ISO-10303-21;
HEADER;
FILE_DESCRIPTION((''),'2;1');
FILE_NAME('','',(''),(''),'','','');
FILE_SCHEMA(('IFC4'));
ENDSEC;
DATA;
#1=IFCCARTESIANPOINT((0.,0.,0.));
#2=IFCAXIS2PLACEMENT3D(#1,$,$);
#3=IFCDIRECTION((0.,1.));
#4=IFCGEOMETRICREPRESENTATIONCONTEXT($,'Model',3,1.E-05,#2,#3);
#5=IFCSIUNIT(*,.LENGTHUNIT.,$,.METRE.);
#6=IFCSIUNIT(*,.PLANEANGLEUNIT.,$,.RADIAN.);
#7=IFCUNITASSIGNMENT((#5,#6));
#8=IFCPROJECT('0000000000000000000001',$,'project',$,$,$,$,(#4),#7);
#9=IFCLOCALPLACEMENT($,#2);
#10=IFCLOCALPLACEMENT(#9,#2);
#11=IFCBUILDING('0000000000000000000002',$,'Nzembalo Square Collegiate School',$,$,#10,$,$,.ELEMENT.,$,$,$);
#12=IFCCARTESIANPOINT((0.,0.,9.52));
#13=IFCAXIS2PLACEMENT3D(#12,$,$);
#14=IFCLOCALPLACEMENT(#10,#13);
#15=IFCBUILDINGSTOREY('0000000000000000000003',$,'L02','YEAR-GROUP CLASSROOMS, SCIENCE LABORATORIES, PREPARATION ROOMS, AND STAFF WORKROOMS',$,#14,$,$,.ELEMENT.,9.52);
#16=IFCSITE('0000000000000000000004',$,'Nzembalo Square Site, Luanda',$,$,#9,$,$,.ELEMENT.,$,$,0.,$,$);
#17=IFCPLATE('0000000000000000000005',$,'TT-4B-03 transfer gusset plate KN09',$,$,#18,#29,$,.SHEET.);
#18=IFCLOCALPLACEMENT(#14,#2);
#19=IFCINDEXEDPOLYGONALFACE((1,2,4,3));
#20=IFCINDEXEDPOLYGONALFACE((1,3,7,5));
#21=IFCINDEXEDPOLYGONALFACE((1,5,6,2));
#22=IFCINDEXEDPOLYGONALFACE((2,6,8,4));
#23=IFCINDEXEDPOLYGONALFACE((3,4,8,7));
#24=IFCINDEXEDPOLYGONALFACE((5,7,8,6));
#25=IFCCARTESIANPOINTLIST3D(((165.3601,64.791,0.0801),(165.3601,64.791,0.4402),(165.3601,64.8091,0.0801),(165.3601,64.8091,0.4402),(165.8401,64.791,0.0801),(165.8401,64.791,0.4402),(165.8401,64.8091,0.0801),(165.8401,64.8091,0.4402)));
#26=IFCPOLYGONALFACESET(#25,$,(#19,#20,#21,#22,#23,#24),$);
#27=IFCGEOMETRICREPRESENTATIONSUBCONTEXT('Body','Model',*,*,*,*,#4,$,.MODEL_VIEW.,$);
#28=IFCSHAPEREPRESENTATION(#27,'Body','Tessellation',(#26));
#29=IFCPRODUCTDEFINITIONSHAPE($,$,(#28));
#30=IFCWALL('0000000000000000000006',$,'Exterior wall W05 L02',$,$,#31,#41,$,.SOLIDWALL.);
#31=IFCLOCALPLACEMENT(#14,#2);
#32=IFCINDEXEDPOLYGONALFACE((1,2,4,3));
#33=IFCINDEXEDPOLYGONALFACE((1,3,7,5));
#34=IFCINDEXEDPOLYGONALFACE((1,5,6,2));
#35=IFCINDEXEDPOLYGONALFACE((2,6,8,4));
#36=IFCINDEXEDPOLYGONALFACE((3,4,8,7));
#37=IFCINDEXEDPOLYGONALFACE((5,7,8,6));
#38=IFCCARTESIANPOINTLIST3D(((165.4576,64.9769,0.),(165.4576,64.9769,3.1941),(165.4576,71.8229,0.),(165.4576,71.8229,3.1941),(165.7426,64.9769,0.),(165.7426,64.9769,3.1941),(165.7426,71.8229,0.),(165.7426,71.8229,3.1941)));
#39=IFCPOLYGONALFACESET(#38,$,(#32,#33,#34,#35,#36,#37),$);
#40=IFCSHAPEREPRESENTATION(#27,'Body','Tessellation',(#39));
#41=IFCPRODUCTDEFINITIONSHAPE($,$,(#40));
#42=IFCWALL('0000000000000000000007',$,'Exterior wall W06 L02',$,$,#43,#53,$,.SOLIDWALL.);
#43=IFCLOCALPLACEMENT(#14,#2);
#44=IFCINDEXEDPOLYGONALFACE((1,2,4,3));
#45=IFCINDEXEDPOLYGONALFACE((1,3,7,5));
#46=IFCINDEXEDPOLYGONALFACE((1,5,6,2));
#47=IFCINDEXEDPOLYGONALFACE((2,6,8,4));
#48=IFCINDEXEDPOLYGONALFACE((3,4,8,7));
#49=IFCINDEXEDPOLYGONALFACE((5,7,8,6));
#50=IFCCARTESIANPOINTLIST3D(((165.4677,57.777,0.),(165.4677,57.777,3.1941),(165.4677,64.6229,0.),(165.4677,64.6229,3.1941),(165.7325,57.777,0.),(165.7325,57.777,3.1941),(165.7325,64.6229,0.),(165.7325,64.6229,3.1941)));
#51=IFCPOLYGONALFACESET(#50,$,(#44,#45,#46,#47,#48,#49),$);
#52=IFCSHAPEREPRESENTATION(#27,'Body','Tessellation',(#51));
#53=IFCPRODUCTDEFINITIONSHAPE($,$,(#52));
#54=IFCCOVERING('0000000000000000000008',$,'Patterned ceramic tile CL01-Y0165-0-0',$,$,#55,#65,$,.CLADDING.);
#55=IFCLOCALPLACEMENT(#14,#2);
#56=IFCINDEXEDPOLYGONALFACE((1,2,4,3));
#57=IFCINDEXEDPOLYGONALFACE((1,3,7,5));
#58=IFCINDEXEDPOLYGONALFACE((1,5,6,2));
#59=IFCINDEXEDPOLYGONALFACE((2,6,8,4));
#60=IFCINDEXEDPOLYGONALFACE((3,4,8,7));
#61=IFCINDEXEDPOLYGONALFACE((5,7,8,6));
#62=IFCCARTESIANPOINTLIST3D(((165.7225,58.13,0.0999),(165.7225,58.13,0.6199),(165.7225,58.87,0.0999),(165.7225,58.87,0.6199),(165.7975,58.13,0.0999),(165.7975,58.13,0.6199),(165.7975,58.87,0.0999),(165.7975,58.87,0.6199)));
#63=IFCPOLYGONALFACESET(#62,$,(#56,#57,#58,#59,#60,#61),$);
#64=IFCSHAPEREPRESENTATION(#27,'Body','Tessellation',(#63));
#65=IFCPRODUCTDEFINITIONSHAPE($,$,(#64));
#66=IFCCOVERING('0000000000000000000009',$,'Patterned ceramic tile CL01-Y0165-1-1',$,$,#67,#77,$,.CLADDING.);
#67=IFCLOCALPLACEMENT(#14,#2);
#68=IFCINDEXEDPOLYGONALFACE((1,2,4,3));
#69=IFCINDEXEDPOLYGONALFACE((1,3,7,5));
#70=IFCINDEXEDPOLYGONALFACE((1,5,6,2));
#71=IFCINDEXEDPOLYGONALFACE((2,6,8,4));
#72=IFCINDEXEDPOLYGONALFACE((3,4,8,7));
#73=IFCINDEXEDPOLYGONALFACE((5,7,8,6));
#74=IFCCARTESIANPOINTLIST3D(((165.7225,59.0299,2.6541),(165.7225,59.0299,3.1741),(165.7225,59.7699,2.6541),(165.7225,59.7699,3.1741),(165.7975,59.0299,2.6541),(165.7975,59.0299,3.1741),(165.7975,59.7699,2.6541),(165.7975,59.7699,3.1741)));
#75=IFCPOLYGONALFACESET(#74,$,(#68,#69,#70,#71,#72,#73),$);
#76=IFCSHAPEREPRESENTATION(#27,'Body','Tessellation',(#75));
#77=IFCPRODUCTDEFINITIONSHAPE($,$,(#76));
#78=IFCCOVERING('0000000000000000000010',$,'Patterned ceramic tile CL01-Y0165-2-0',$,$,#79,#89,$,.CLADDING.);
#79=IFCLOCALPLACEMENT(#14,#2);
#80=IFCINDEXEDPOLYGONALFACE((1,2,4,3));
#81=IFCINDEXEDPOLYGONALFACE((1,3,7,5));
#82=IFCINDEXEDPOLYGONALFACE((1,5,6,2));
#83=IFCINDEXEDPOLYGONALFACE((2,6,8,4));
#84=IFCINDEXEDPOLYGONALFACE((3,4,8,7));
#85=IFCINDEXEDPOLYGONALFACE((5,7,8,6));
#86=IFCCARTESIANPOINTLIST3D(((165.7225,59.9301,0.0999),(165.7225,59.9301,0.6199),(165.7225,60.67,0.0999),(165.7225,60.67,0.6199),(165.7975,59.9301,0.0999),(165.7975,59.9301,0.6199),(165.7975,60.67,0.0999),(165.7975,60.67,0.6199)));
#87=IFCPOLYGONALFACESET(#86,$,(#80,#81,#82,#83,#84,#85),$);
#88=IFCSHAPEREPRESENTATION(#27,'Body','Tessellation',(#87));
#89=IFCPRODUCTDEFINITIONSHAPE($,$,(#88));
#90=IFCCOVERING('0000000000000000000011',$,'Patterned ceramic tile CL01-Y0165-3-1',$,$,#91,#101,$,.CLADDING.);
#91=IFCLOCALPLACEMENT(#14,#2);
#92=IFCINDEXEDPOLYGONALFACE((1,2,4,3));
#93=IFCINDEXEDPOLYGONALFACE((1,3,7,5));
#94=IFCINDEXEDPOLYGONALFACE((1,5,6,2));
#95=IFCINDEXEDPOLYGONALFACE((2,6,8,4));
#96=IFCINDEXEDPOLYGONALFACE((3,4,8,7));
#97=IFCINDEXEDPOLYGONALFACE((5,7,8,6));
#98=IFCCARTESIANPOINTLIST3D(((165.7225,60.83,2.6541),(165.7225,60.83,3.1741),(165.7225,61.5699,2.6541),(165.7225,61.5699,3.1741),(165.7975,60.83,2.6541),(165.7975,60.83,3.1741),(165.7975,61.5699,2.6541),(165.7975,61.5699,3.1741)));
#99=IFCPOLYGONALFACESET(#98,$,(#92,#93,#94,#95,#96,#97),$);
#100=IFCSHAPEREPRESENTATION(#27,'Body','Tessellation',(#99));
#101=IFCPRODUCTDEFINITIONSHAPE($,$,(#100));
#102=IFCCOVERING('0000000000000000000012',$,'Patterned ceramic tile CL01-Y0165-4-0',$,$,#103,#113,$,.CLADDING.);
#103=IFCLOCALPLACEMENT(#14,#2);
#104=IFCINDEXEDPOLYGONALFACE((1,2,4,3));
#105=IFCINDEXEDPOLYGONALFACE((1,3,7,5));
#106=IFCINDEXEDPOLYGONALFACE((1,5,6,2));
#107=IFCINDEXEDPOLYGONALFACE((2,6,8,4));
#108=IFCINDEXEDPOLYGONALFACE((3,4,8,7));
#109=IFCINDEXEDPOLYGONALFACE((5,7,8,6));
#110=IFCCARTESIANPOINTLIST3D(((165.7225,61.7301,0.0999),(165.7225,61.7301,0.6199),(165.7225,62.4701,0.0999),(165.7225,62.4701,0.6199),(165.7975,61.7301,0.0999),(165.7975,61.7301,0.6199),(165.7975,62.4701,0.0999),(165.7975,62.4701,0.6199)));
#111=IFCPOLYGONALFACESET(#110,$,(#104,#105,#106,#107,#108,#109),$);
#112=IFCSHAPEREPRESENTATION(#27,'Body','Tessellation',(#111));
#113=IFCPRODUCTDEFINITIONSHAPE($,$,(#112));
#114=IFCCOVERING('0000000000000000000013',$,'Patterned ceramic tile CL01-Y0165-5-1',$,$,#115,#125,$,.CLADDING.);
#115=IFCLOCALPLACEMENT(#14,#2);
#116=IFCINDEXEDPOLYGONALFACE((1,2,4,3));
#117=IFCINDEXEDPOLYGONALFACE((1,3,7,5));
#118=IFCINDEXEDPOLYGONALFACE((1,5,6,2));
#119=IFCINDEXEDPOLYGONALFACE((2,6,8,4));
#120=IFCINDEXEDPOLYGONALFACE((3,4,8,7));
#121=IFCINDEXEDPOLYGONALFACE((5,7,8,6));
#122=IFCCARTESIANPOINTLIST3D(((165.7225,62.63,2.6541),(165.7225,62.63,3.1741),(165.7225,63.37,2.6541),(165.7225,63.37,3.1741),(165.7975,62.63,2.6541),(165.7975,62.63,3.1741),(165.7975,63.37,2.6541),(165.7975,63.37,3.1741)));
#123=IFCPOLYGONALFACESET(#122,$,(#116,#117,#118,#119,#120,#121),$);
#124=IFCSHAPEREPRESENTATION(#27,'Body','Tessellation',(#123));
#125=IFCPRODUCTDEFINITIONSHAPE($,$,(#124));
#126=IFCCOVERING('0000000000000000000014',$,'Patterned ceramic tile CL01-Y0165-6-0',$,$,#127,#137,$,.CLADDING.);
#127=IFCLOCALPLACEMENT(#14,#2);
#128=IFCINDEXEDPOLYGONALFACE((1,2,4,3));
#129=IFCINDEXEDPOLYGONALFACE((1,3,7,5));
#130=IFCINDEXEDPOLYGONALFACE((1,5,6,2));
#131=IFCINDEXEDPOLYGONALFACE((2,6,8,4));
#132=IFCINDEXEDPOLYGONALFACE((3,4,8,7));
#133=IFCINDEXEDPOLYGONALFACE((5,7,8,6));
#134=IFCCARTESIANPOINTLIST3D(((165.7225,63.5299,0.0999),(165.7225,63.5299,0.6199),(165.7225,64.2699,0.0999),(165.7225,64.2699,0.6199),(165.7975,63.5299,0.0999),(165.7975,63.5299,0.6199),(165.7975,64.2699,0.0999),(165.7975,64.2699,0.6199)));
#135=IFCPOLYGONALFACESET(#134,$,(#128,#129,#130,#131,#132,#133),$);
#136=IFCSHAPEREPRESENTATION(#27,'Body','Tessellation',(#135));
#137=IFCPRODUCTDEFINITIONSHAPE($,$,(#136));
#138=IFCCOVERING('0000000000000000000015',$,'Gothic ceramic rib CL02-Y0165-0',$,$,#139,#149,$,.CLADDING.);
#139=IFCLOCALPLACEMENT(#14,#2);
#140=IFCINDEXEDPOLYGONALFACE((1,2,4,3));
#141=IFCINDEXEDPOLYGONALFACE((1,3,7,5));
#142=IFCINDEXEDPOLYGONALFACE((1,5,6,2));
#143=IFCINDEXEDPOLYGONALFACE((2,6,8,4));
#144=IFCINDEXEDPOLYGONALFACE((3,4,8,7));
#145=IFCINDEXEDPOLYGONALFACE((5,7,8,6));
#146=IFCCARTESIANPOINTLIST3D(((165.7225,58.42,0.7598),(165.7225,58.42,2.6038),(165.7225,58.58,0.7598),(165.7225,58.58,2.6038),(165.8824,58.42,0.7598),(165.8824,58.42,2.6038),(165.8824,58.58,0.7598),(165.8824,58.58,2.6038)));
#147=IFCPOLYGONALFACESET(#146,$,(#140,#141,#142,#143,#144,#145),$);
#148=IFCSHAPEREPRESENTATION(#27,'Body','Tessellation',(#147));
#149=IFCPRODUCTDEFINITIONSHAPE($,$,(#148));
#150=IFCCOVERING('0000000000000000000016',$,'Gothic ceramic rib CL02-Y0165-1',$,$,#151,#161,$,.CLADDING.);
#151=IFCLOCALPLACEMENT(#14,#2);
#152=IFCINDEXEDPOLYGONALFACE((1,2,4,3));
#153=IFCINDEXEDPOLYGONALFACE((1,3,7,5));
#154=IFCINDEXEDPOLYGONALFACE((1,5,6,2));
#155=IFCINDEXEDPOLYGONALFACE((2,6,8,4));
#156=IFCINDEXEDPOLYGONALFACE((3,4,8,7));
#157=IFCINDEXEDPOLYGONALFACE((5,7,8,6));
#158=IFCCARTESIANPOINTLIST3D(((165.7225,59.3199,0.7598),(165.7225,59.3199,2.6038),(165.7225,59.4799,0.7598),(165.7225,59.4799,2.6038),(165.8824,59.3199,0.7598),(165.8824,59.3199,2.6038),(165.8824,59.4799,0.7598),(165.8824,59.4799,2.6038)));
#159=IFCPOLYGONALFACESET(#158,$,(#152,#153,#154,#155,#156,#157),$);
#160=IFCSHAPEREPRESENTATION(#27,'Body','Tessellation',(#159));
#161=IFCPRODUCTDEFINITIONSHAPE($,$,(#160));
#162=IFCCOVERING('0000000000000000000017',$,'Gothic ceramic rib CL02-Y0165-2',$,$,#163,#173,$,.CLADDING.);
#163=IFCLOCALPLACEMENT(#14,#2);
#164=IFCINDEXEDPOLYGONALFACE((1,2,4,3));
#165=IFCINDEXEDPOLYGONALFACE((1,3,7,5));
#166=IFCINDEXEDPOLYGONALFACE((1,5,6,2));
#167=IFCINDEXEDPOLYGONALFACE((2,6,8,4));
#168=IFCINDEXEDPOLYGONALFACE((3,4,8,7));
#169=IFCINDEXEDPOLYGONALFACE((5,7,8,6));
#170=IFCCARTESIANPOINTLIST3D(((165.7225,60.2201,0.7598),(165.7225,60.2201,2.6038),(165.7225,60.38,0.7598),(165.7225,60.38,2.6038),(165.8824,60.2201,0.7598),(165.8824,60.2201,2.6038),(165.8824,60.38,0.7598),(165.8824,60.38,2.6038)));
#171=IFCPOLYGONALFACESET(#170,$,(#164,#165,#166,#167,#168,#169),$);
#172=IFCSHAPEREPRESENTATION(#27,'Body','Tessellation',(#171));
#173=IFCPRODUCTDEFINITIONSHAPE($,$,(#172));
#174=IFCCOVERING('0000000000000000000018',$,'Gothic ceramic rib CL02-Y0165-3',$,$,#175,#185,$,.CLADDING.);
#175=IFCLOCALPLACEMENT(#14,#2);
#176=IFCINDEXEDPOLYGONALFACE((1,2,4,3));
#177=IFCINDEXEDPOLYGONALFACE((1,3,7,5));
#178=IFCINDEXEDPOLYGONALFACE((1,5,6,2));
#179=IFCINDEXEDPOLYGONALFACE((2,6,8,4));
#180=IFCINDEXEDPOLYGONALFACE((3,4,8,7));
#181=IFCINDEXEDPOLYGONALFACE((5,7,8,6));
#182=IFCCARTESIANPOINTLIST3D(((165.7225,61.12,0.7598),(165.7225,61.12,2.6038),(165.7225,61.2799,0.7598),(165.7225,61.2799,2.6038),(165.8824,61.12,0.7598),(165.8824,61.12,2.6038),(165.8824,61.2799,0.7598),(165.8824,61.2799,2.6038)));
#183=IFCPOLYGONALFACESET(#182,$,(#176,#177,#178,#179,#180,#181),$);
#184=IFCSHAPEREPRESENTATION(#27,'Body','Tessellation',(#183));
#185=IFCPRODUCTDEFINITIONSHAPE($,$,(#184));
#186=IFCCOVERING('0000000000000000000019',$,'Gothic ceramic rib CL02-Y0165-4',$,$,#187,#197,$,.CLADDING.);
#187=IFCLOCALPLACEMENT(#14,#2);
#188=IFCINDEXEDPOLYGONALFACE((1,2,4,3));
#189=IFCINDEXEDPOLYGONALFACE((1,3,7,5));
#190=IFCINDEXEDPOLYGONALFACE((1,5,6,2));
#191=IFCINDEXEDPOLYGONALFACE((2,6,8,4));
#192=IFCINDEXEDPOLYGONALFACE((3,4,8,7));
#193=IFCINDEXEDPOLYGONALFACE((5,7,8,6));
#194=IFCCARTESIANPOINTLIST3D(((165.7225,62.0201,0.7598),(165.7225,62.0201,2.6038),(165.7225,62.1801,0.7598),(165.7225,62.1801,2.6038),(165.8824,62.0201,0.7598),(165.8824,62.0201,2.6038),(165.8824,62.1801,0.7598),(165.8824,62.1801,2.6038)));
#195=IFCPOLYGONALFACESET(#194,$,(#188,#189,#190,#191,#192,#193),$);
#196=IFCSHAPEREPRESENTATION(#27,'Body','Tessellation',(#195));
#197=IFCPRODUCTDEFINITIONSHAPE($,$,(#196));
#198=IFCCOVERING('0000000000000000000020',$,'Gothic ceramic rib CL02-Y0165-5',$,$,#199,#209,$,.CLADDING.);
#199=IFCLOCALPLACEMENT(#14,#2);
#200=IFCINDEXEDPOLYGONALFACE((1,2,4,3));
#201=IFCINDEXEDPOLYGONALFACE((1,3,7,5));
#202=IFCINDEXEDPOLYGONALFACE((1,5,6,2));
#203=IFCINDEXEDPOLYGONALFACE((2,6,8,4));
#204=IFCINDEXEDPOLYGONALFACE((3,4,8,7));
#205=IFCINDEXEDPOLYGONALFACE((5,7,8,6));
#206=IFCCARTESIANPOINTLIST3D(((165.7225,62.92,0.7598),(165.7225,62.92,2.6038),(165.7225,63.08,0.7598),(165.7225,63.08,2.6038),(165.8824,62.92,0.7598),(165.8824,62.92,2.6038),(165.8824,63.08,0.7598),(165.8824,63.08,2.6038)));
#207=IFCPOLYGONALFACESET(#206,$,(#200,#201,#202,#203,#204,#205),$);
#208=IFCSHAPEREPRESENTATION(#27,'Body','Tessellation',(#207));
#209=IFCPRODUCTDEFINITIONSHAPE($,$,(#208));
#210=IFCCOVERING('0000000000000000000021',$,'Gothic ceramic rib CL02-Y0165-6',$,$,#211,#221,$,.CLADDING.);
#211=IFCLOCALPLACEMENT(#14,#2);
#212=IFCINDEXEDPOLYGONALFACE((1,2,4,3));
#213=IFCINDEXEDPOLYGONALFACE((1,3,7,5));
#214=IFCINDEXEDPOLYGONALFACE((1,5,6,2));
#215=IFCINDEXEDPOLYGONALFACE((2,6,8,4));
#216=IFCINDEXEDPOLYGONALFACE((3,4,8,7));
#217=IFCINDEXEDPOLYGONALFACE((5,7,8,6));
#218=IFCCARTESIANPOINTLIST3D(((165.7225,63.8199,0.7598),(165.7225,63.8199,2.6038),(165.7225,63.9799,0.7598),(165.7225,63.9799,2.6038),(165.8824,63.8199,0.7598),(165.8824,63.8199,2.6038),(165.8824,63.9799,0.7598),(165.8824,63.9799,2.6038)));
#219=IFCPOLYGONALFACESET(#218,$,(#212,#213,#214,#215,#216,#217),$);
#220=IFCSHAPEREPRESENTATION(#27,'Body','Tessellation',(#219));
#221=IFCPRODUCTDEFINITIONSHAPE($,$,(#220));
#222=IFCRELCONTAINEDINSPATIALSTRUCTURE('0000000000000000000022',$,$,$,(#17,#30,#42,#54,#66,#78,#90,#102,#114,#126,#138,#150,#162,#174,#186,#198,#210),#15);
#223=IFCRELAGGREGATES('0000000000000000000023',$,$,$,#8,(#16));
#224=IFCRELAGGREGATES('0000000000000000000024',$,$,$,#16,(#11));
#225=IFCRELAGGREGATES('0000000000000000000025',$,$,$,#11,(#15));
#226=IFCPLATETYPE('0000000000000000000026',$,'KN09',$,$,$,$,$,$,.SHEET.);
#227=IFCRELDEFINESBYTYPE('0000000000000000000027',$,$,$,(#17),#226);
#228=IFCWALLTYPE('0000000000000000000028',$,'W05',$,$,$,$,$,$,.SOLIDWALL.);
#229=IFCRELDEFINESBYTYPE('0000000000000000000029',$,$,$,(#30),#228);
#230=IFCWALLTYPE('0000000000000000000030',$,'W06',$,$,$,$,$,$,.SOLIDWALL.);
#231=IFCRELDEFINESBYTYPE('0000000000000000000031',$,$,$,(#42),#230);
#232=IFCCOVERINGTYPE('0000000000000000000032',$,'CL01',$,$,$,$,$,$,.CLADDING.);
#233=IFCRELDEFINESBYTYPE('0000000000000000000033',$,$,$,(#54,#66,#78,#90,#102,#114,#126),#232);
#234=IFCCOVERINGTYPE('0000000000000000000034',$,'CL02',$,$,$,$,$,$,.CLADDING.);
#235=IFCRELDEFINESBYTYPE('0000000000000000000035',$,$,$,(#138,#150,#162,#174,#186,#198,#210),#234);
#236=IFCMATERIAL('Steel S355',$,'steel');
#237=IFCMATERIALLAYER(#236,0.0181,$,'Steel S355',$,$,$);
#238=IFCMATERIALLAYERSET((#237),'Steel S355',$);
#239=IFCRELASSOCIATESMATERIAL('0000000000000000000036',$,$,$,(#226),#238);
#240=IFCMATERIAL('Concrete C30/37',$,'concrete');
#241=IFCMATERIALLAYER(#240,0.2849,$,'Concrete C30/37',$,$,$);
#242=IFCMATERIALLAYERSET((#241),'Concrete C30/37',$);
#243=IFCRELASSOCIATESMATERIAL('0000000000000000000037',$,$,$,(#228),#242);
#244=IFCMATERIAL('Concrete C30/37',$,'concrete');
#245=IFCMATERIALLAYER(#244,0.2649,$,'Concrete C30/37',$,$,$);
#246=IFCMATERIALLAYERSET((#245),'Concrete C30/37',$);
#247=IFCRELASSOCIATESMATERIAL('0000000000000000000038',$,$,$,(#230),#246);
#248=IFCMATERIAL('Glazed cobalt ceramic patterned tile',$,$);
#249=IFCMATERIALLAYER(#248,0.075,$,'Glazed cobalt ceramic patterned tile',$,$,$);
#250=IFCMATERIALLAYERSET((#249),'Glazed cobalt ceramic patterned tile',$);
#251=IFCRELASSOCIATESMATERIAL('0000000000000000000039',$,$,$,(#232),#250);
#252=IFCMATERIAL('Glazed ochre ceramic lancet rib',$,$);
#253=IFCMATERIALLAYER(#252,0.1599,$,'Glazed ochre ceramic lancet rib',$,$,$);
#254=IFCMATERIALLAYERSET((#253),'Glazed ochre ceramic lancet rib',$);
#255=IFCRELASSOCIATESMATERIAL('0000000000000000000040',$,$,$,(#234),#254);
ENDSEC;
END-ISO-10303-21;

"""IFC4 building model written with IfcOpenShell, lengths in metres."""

from ifc_helpers import new_model, si_unit, direction, frame, frame_2d, origin, origin_2d, place, context, subcontext, project, spatial, rectangle, extrude, material, layer, layer_set, type_object, element, save


model = new_model("IFC4")

# Units and contexts
model_context = context("Model", 3, precision=1e-05, world=origin(), true_north=direction((0.0, 1.0)))
body_context = subcontext(model_context, "Body", "Model", "MODEL_VIEW")
ifc_project = project(units=[si_unit("LENGTHUNIT", "METRE"), si_unit("PLANEANGLEUNIT", "RADIAN")], contexts=[model_context])

# Site, building, storey
site_placement = place(None, origin())
site = spatial("IfcSite", under=ifc_project, at=site_placement, Name="Nzembalo Square Site, Luanda", CompositionType="ELEMENT", RefElevation=0.0)
building_placement = place(site_placement, origin())
building = spatial("IfcBuilding", under=site, at=building_placement, Name="Nzembalo Square Collegiate School", CompositionType="ELEMENT")
storey_placement = place(building_placement, frame((0.0, 0.0, 9.52)))
storey = spatial("IfcBuildingStorey", under=building, at=storey_placement, Name="L02", Description="YEAR-GROUP CLASSROOMS, SCIENCE LABORATORIES, PREPARATION ROOMS, AND STAFF WORKROOMS", CompositionType="ELEMENT", Elevation=9.52)

# Plate
ifc_material_1 = material(Name="Steel S355", Category="steel")
ifc_layer_1 = layer(ifc_material_1, 0.0181, Name="Steel S355")
ifc_layer_set_1 = layer_set([ifc_layer_1], Name="Steel S355")
plate_type_1 = type_object("IfcPlateType", Name="KN09", PredefinedType="SHEET", material=ifc_layer_set_1)
plate_1_placement = place(storey_placement, frame((165.6001, 64.8, 0.0801), z_axis=(0.0, 0.0, 1.0), x_axis=(1.0, 0.0, 0.0)))
element("IfcPlate", 1, at=plate_1_placement, inside=storey, type_object=plate_type_1, Name="TT-4B-03 transfer gusset plate KN09", PredefinedType="SHEET", context=body_context, shape_type="SweptSolid", body=[
    extrude(rectangle(XDim=0.48, YDim=0.0181, at=origin_2d()), origin(), (0.0, 0.0, 1.0), 0.3601),
])

# Walls
ifc_material_2 = material(Name="Concrete C30/37", Category="concrete")
ifc_layer_2 = layer(ifc_material_2, 0.2849, Name="Concrete C30/37")
ifc_layer_set_2 = layer_set([ifc_layer_2], Name="Concrete C30/37")
wall_type_1 = type_object("IfcWallType", Name="W05", PredefinedType="SOLIDWALL", material=ifc_layer_set_2)
wall_1_placement = place(storey_placement, frame((165.6001, 64.9771, 0.0), z_axis=(0.0, 0.0, 1.0), x_axis=(0.0, 1.0, 0.0)))
element("IfcWall", 2, at=wall_1_placement, inside=storey, type_object=wall_type_1, Name="Exterior wall W05 L02", PredefinedType="SOLIDWALL", context=body_context, shape_type="SweptSolid", body=[
    extrude(rectangle(XDim=6.8459, YDim=0.2849, at=frame_2d((3.4229, 0.0))), origin(), (0.0, 0.0, 1.0), 3.1941),
])
ifc_material_3 = material(Name="Concrete C30/37", Category="concrete")
ifc_layer_3 = layer(ifc_material_3, 0.2649, Name="Concrete C30/37")
ifc_layer_set_3 = layer_set([ifc_layer_3], Name="Concrete C30/37")
wall_type_2 = type_object("IfcWallType", Name="W06", PredefinedType="SOLIDWALL", material=ifc_layer_set_3)
wall_2_placement = place(storey_placement, frame((165.6001, 57.7771, 0.0), z_axis=(0.0, 0.0, 1.0), x_axis=(0.0, 1.0, 0.0)))
element("IfcWall", 3, at=wall_2_placement, inside=storey, type_object=wall_type_2, Name="Exterior wall W06 L02", PredefinedType="SOLIDWALL", context=body_context, shape_type="SweptSolid", body=[
    extrude(rectangle(XDim=6.8459, YDim=0.2649, at=frame_2d((3.4229, 0.0))), origin(), (0.0, 0.0, 1.0), 3.1941),
])

# Coverings
ifc_material_4 = material(Name="Glazed cobalt ceramic patterned tile")
ifc_layer_4 = layer(ifc_material_4, 0.075, Name="Glazed cobalt ceramic patterned tile")
ifc_layer_set_4 = layer_set([ifc_layer_4], Name="Glazed cobalt ceramic patterned tile")
covering_type_1 = type_object("IfcCoveringType", Name="CL01", PredefinedType="CLADDING", material=ifc_layer_set_4)
for number, where, z_axis, x_axis, name in (
    (4, (165.76, 58.5, 0.0999), (0.0, 0.0, 1.0), (1.0, 0.0, 0.0), "Patterned ceramic tile CL01-Y0165-0-0"),
    (5, (165.76, 59.3999, 2.6541), (0.0, 0.0, 1.0), (1.0, 0.0, 0.0), "Patterned ceramic tile CL01-Y0165-1-1"),
    (6, (165.76, 60.3, 0.0999), (0.0, 0.0, 1.0), (1.0, 0.0, 0.0), "Patterned ceramic tile CL01-Y0165-2-0"),
    (7, (165.76, 61.2, 2.6541), (0.0, 0.0, 1.0), (1.0, 0.0, 0.0), "Patterned ceramic tile CL01-Y0165-3-1"),
    (8, (165.76, 62.1001, 0.0999), (0.0, 0.0, 1.0), (1.0, 0.0, 0.0), "Patterned ceramic tile CL01-Y0165-4-0"),
    (9, (165.76, 63.0, 2.6541), (0.0, 0.0, 1.0), (1.0, 0.0, 0.0), "Patterned ceramic tile CL01-Y0165-5-1"),
    (10, (165.76, 63.8999, 0.0999), (0.0, 0.0, 1.0), (1.0, 0.0, 0.0), "Patterned ceramic tile CL01-Y0165-6-0"),
):
    element("IfcCovering", number, at=place(storey_placement, frame(where, z_axis=z_axis, x_axis=x_axis)), inside=storey, type_object=covering_type_1, Name=name, PredefinedType="CLADDING", context=body_context, shape_type="SweptSolid", body=[
        extrude(rectangle(XDim=0.075, YDim=0.74, at=origin_2d()), origin(), (0.0, 0.0, 1.0), 0.52),
    ])
ifc_material_5 = material(Name="Glazed ochre ceramic lancet rib")
ifc_layer_5 = layer(ifc_material_5, 0.1599, Name="Glazed ochre ceramic lancet rib")
ifc_layer_set_5 = layer_set([ifc_layer_5], Name="Glazed ochre ceramic lancet rib")
covering_type_2 = type_object("IfcCoveringType", Name="CL02", PredefinedType="CLADDING", material=ifc_layer_set_5)
for number, where, z_axis, x_axis, name in (
    (11, (165.8025, 58.5, 0.7598), (0.0, 0.0, 1.0), (1.0, 0.0, 0.0), "Gothic ceramic rib CL02-Y0165-0"),
    (12, (165.8025, 59.3999, 0.7598), (0.0, 0.0, 1.0), (1.0, 0.0, 0.0), "Gothic ceramic rib CL02-Y0165-1"),
    (13, (165.8025, 60.3, 0.7598), (0.0, 0.0, 1.0), (1.0, 0.0, 0.0), "Gothic ceramic rib CL02-Y0165-2"),
    (14, (165.8025, 61.2, 0.7598), (0.0, 0.0, 1.0), (1.0, 0.0, 0.0), "Gothic ceramic rib CL02-Y0165-3"),
    (15, (165.8025, 62.1001, 0.7598), (0.0, 0.0, 1.0), (1.0, 0.0, 0.0), "Gothic ceramic rib CL02-Y0165-4"),
    (16, (165.8025, 63.0, 0.7598), (0.0, 0.0, 1.0), (1.0, 0.0, 0.0), "Gothic ceramic rib CL02-Y0165-5"),
    (17, (165.8025, 63.8999, 0.7598), (0.0, 0.0, 1.0), (1.0, 0.0, 0.0), "Gothic ceramic rib CL02-Y0165-6"),
):
    element("IfcCovering", number, at=place(storey_placement, frame(where, z_axis=z_axis, x_axis=x_axis)), inside=storey, type_object=covering_type_2, Name=name, PredefinedType="CLADDING", context=body_context, shape_type="SweptSolid", body=[
        extrude(rectangle(XDim=0.1599, YDim=0.1599, at=origin_2d()), origin(), (0.0, 0.0, 1.0), 1.844),
    ])

save(model, "model.ifc")
